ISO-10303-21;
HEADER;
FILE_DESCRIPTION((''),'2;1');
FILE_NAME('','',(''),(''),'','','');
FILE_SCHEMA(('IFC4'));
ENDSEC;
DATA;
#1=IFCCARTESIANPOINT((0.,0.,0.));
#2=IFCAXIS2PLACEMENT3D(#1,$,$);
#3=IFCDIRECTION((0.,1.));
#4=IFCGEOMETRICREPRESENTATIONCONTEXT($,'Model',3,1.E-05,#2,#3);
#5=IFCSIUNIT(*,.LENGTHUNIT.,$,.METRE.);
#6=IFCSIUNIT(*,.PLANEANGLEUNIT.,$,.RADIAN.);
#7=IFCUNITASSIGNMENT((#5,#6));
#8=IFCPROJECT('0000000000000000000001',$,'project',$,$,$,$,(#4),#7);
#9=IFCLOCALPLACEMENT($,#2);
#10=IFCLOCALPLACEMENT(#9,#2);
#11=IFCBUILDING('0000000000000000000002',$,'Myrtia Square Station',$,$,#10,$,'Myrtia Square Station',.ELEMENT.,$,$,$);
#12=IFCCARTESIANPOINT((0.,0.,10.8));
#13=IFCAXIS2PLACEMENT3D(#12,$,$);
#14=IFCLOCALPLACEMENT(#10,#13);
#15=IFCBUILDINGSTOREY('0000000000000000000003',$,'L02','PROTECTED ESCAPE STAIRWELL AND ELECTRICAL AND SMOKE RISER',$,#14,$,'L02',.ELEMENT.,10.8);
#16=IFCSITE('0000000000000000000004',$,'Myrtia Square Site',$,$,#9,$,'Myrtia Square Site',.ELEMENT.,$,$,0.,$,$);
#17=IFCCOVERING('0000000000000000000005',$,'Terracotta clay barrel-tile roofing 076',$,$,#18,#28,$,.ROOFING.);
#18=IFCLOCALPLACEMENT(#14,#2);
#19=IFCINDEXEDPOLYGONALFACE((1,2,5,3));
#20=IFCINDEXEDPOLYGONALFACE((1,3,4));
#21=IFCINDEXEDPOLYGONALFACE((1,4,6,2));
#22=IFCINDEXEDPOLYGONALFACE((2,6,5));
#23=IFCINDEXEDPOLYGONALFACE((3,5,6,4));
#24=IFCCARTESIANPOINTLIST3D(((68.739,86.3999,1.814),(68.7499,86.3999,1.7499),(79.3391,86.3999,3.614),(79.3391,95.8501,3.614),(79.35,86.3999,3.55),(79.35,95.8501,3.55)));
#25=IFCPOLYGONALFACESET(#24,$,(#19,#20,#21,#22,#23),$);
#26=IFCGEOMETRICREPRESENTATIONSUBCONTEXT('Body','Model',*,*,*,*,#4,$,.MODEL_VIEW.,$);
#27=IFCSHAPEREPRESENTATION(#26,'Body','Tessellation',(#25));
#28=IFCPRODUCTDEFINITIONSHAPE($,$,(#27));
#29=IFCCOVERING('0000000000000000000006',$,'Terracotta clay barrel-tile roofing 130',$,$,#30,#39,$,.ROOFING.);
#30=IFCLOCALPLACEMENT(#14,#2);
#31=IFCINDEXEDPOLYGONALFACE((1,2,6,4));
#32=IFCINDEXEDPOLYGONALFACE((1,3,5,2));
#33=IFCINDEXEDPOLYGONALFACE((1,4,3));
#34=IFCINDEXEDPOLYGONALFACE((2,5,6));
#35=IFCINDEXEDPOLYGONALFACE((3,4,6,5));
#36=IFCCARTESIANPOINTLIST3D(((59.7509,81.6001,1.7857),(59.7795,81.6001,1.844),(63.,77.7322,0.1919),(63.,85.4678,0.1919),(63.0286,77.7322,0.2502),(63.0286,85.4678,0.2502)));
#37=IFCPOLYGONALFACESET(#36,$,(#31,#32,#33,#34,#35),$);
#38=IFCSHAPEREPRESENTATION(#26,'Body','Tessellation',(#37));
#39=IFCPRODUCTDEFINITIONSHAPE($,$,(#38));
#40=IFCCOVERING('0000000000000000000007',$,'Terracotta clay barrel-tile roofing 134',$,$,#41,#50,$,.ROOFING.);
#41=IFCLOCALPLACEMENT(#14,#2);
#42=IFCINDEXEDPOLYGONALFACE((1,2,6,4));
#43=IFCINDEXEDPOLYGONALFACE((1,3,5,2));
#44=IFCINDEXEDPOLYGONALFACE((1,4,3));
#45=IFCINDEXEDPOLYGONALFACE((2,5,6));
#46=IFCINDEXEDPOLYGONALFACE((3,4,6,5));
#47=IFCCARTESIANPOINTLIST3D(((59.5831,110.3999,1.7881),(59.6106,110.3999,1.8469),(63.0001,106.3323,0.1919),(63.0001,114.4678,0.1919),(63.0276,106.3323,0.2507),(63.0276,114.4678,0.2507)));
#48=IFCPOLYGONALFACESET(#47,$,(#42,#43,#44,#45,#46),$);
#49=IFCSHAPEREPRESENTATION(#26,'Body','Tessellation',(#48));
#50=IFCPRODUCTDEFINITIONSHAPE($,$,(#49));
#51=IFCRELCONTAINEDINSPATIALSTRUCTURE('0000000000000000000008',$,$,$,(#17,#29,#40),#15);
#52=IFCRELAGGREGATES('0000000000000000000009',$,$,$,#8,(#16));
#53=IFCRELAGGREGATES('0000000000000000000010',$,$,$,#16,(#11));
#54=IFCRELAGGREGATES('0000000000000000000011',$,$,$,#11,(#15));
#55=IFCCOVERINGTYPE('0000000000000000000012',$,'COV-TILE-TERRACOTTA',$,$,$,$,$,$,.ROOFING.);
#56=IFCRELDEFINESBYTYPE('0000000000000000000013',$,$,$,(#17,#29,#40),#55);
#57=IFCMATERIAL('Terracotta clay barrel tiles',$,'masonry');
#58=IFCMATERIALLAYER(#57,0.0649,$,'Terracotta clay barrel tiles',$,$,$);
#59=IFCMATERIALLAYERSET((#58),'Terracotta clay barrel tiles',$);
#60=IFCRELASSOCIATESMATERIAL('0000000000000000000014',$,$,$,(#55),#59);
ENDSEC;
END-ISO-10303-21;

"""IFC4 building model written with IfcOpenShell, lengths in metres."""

from ifc_helpers import new_model, si_unit, direction, frame, origin, place, context, subcontext, project, spatial, polyline, outline, extrude, material, layer, layer_set, type_object, element, save


model = new_model("IFC4")

# Units and contexts
model_context = context("Model", 3, precision=1e-05, world=origin(), true_north=direction((0.0, 1.0)))
body_context = subcontext(model_context, "Body", "Model", "MODEL_VIEW")
ifc_project = project(units=[si_unit("LENGTHUNIT", "METRE"), si_unit("PLANEANGLEUNIT", "RADIAN")], contexts=[model_context])

# Site, building, storey
site_placement = place(None, origin())
site = spatial("IfcSite", under=ifc_project, at=site_placement, Name="Myrtia Square Site", LongName="Myrtia Square Site", CompositionType="ELEMENT", RefElevation=0.0)
building_placement = place(site_placement, origin())
building = spatial("IfcBuilding", under=site, at=building_placement, Name="Myrtia Square Station", LongName="Myrtia Square Station", CompositionType="ELEMENT")
storey_placement = place(building_placement, frame((0.0, 0.0, 10.8)))
storey = spatial("IfcBuildingStorey", under=building, at=storey_placement, Name="L02", Description="PROTECTED ESCAPE STAIRWELL AND ELECTRICAL AND SMOKE RISER", LongName="L02", CompositionType="ELEMENT", Elevation=10.8)

# Coverings
ifc_material_1 = material(Name="Terracotta clay barrel tiles", Category="masonry")
ifc_layer_1 = layer(ifc_material_1, 0.0649, Name="Terracotta clay barrel tiles")
ifc_layer_set_1 = layer_set([ifc_layer_1], Name="Terracotta clay barrel tiles")
covering_type = type_object("IfcCoveringType", Name="COV-TILE-TERRACOTTA", PredefinedType="ROOFING", material=ifc_layer_set_1)
covering_1_placement = place(storey_placement, frame((68.739, 86.3999, 1.814), z_axis=(-0.167418, 0.0, 0.985886), x_axis=(0.985886, 0.0, 0.167418)))
element("IfcCovering", 1, at=covering_1_placement, inside=storey, type_object=covering_type, Name="Terracotta clay barrel-tile roofing 076", PredefinedType="ROOFING", context=body_context, shape_type="SweptSolid", body=[
    extrude(outline(polyline([(0.0, 0.0), (10.7518, 0.0), (10.7518, 9.4502), (0.0, 0.0)])), origin(), (0.0, 0.0, -1.0), 0.0649),
])
covering_2_placement = place(storey_placement, frame((63.0286, 77.7322, 0.2502), z_axis=(0.4404, 0.0, 0.897801), x_axis=(0.0, 1.0, 0.0)))
element("IfcCovering", 2, at=covering_2_placement, inside=storey, type_object=covering_type, Name="Terracotta clay barrel-tile roofing 130", PredefinedType="ROOFING", context=body_context, shape_type="SweptSolid", body=[
    extrude(outline(polyline([(0.0, 0.0), (7.7356, 0.0), (3.8679, 3.6189), (0.0, 0.0)])), origin(), (0.0, 0.0, -1.0), 0.0649),
])
covering_3_placement = place(storey_placement, frame((63.0276, 106.3323, 0.2507), z_axis=(0.423233, 0.0, 0.906021), x_axis=(0.0, 1.0, 0.0)))
element("IfcCovering", 3, at=covering_3_placement, inside=storey, type_object=covering_type, Name="Terracotta clay barrel-tile roofing 134", PredefinedType="ROOFING", context=body_context, shape_type="SweptSolid", body=[
    extrude(outline(polyline([(0.0, 0.0), (8.1355, 0.0), (4.0676, 3.7714), (0.0, 0.0)])), origin(), (0.0, 0.0, -1.0), 0.0649),
])

save(model, "model.ifc")
